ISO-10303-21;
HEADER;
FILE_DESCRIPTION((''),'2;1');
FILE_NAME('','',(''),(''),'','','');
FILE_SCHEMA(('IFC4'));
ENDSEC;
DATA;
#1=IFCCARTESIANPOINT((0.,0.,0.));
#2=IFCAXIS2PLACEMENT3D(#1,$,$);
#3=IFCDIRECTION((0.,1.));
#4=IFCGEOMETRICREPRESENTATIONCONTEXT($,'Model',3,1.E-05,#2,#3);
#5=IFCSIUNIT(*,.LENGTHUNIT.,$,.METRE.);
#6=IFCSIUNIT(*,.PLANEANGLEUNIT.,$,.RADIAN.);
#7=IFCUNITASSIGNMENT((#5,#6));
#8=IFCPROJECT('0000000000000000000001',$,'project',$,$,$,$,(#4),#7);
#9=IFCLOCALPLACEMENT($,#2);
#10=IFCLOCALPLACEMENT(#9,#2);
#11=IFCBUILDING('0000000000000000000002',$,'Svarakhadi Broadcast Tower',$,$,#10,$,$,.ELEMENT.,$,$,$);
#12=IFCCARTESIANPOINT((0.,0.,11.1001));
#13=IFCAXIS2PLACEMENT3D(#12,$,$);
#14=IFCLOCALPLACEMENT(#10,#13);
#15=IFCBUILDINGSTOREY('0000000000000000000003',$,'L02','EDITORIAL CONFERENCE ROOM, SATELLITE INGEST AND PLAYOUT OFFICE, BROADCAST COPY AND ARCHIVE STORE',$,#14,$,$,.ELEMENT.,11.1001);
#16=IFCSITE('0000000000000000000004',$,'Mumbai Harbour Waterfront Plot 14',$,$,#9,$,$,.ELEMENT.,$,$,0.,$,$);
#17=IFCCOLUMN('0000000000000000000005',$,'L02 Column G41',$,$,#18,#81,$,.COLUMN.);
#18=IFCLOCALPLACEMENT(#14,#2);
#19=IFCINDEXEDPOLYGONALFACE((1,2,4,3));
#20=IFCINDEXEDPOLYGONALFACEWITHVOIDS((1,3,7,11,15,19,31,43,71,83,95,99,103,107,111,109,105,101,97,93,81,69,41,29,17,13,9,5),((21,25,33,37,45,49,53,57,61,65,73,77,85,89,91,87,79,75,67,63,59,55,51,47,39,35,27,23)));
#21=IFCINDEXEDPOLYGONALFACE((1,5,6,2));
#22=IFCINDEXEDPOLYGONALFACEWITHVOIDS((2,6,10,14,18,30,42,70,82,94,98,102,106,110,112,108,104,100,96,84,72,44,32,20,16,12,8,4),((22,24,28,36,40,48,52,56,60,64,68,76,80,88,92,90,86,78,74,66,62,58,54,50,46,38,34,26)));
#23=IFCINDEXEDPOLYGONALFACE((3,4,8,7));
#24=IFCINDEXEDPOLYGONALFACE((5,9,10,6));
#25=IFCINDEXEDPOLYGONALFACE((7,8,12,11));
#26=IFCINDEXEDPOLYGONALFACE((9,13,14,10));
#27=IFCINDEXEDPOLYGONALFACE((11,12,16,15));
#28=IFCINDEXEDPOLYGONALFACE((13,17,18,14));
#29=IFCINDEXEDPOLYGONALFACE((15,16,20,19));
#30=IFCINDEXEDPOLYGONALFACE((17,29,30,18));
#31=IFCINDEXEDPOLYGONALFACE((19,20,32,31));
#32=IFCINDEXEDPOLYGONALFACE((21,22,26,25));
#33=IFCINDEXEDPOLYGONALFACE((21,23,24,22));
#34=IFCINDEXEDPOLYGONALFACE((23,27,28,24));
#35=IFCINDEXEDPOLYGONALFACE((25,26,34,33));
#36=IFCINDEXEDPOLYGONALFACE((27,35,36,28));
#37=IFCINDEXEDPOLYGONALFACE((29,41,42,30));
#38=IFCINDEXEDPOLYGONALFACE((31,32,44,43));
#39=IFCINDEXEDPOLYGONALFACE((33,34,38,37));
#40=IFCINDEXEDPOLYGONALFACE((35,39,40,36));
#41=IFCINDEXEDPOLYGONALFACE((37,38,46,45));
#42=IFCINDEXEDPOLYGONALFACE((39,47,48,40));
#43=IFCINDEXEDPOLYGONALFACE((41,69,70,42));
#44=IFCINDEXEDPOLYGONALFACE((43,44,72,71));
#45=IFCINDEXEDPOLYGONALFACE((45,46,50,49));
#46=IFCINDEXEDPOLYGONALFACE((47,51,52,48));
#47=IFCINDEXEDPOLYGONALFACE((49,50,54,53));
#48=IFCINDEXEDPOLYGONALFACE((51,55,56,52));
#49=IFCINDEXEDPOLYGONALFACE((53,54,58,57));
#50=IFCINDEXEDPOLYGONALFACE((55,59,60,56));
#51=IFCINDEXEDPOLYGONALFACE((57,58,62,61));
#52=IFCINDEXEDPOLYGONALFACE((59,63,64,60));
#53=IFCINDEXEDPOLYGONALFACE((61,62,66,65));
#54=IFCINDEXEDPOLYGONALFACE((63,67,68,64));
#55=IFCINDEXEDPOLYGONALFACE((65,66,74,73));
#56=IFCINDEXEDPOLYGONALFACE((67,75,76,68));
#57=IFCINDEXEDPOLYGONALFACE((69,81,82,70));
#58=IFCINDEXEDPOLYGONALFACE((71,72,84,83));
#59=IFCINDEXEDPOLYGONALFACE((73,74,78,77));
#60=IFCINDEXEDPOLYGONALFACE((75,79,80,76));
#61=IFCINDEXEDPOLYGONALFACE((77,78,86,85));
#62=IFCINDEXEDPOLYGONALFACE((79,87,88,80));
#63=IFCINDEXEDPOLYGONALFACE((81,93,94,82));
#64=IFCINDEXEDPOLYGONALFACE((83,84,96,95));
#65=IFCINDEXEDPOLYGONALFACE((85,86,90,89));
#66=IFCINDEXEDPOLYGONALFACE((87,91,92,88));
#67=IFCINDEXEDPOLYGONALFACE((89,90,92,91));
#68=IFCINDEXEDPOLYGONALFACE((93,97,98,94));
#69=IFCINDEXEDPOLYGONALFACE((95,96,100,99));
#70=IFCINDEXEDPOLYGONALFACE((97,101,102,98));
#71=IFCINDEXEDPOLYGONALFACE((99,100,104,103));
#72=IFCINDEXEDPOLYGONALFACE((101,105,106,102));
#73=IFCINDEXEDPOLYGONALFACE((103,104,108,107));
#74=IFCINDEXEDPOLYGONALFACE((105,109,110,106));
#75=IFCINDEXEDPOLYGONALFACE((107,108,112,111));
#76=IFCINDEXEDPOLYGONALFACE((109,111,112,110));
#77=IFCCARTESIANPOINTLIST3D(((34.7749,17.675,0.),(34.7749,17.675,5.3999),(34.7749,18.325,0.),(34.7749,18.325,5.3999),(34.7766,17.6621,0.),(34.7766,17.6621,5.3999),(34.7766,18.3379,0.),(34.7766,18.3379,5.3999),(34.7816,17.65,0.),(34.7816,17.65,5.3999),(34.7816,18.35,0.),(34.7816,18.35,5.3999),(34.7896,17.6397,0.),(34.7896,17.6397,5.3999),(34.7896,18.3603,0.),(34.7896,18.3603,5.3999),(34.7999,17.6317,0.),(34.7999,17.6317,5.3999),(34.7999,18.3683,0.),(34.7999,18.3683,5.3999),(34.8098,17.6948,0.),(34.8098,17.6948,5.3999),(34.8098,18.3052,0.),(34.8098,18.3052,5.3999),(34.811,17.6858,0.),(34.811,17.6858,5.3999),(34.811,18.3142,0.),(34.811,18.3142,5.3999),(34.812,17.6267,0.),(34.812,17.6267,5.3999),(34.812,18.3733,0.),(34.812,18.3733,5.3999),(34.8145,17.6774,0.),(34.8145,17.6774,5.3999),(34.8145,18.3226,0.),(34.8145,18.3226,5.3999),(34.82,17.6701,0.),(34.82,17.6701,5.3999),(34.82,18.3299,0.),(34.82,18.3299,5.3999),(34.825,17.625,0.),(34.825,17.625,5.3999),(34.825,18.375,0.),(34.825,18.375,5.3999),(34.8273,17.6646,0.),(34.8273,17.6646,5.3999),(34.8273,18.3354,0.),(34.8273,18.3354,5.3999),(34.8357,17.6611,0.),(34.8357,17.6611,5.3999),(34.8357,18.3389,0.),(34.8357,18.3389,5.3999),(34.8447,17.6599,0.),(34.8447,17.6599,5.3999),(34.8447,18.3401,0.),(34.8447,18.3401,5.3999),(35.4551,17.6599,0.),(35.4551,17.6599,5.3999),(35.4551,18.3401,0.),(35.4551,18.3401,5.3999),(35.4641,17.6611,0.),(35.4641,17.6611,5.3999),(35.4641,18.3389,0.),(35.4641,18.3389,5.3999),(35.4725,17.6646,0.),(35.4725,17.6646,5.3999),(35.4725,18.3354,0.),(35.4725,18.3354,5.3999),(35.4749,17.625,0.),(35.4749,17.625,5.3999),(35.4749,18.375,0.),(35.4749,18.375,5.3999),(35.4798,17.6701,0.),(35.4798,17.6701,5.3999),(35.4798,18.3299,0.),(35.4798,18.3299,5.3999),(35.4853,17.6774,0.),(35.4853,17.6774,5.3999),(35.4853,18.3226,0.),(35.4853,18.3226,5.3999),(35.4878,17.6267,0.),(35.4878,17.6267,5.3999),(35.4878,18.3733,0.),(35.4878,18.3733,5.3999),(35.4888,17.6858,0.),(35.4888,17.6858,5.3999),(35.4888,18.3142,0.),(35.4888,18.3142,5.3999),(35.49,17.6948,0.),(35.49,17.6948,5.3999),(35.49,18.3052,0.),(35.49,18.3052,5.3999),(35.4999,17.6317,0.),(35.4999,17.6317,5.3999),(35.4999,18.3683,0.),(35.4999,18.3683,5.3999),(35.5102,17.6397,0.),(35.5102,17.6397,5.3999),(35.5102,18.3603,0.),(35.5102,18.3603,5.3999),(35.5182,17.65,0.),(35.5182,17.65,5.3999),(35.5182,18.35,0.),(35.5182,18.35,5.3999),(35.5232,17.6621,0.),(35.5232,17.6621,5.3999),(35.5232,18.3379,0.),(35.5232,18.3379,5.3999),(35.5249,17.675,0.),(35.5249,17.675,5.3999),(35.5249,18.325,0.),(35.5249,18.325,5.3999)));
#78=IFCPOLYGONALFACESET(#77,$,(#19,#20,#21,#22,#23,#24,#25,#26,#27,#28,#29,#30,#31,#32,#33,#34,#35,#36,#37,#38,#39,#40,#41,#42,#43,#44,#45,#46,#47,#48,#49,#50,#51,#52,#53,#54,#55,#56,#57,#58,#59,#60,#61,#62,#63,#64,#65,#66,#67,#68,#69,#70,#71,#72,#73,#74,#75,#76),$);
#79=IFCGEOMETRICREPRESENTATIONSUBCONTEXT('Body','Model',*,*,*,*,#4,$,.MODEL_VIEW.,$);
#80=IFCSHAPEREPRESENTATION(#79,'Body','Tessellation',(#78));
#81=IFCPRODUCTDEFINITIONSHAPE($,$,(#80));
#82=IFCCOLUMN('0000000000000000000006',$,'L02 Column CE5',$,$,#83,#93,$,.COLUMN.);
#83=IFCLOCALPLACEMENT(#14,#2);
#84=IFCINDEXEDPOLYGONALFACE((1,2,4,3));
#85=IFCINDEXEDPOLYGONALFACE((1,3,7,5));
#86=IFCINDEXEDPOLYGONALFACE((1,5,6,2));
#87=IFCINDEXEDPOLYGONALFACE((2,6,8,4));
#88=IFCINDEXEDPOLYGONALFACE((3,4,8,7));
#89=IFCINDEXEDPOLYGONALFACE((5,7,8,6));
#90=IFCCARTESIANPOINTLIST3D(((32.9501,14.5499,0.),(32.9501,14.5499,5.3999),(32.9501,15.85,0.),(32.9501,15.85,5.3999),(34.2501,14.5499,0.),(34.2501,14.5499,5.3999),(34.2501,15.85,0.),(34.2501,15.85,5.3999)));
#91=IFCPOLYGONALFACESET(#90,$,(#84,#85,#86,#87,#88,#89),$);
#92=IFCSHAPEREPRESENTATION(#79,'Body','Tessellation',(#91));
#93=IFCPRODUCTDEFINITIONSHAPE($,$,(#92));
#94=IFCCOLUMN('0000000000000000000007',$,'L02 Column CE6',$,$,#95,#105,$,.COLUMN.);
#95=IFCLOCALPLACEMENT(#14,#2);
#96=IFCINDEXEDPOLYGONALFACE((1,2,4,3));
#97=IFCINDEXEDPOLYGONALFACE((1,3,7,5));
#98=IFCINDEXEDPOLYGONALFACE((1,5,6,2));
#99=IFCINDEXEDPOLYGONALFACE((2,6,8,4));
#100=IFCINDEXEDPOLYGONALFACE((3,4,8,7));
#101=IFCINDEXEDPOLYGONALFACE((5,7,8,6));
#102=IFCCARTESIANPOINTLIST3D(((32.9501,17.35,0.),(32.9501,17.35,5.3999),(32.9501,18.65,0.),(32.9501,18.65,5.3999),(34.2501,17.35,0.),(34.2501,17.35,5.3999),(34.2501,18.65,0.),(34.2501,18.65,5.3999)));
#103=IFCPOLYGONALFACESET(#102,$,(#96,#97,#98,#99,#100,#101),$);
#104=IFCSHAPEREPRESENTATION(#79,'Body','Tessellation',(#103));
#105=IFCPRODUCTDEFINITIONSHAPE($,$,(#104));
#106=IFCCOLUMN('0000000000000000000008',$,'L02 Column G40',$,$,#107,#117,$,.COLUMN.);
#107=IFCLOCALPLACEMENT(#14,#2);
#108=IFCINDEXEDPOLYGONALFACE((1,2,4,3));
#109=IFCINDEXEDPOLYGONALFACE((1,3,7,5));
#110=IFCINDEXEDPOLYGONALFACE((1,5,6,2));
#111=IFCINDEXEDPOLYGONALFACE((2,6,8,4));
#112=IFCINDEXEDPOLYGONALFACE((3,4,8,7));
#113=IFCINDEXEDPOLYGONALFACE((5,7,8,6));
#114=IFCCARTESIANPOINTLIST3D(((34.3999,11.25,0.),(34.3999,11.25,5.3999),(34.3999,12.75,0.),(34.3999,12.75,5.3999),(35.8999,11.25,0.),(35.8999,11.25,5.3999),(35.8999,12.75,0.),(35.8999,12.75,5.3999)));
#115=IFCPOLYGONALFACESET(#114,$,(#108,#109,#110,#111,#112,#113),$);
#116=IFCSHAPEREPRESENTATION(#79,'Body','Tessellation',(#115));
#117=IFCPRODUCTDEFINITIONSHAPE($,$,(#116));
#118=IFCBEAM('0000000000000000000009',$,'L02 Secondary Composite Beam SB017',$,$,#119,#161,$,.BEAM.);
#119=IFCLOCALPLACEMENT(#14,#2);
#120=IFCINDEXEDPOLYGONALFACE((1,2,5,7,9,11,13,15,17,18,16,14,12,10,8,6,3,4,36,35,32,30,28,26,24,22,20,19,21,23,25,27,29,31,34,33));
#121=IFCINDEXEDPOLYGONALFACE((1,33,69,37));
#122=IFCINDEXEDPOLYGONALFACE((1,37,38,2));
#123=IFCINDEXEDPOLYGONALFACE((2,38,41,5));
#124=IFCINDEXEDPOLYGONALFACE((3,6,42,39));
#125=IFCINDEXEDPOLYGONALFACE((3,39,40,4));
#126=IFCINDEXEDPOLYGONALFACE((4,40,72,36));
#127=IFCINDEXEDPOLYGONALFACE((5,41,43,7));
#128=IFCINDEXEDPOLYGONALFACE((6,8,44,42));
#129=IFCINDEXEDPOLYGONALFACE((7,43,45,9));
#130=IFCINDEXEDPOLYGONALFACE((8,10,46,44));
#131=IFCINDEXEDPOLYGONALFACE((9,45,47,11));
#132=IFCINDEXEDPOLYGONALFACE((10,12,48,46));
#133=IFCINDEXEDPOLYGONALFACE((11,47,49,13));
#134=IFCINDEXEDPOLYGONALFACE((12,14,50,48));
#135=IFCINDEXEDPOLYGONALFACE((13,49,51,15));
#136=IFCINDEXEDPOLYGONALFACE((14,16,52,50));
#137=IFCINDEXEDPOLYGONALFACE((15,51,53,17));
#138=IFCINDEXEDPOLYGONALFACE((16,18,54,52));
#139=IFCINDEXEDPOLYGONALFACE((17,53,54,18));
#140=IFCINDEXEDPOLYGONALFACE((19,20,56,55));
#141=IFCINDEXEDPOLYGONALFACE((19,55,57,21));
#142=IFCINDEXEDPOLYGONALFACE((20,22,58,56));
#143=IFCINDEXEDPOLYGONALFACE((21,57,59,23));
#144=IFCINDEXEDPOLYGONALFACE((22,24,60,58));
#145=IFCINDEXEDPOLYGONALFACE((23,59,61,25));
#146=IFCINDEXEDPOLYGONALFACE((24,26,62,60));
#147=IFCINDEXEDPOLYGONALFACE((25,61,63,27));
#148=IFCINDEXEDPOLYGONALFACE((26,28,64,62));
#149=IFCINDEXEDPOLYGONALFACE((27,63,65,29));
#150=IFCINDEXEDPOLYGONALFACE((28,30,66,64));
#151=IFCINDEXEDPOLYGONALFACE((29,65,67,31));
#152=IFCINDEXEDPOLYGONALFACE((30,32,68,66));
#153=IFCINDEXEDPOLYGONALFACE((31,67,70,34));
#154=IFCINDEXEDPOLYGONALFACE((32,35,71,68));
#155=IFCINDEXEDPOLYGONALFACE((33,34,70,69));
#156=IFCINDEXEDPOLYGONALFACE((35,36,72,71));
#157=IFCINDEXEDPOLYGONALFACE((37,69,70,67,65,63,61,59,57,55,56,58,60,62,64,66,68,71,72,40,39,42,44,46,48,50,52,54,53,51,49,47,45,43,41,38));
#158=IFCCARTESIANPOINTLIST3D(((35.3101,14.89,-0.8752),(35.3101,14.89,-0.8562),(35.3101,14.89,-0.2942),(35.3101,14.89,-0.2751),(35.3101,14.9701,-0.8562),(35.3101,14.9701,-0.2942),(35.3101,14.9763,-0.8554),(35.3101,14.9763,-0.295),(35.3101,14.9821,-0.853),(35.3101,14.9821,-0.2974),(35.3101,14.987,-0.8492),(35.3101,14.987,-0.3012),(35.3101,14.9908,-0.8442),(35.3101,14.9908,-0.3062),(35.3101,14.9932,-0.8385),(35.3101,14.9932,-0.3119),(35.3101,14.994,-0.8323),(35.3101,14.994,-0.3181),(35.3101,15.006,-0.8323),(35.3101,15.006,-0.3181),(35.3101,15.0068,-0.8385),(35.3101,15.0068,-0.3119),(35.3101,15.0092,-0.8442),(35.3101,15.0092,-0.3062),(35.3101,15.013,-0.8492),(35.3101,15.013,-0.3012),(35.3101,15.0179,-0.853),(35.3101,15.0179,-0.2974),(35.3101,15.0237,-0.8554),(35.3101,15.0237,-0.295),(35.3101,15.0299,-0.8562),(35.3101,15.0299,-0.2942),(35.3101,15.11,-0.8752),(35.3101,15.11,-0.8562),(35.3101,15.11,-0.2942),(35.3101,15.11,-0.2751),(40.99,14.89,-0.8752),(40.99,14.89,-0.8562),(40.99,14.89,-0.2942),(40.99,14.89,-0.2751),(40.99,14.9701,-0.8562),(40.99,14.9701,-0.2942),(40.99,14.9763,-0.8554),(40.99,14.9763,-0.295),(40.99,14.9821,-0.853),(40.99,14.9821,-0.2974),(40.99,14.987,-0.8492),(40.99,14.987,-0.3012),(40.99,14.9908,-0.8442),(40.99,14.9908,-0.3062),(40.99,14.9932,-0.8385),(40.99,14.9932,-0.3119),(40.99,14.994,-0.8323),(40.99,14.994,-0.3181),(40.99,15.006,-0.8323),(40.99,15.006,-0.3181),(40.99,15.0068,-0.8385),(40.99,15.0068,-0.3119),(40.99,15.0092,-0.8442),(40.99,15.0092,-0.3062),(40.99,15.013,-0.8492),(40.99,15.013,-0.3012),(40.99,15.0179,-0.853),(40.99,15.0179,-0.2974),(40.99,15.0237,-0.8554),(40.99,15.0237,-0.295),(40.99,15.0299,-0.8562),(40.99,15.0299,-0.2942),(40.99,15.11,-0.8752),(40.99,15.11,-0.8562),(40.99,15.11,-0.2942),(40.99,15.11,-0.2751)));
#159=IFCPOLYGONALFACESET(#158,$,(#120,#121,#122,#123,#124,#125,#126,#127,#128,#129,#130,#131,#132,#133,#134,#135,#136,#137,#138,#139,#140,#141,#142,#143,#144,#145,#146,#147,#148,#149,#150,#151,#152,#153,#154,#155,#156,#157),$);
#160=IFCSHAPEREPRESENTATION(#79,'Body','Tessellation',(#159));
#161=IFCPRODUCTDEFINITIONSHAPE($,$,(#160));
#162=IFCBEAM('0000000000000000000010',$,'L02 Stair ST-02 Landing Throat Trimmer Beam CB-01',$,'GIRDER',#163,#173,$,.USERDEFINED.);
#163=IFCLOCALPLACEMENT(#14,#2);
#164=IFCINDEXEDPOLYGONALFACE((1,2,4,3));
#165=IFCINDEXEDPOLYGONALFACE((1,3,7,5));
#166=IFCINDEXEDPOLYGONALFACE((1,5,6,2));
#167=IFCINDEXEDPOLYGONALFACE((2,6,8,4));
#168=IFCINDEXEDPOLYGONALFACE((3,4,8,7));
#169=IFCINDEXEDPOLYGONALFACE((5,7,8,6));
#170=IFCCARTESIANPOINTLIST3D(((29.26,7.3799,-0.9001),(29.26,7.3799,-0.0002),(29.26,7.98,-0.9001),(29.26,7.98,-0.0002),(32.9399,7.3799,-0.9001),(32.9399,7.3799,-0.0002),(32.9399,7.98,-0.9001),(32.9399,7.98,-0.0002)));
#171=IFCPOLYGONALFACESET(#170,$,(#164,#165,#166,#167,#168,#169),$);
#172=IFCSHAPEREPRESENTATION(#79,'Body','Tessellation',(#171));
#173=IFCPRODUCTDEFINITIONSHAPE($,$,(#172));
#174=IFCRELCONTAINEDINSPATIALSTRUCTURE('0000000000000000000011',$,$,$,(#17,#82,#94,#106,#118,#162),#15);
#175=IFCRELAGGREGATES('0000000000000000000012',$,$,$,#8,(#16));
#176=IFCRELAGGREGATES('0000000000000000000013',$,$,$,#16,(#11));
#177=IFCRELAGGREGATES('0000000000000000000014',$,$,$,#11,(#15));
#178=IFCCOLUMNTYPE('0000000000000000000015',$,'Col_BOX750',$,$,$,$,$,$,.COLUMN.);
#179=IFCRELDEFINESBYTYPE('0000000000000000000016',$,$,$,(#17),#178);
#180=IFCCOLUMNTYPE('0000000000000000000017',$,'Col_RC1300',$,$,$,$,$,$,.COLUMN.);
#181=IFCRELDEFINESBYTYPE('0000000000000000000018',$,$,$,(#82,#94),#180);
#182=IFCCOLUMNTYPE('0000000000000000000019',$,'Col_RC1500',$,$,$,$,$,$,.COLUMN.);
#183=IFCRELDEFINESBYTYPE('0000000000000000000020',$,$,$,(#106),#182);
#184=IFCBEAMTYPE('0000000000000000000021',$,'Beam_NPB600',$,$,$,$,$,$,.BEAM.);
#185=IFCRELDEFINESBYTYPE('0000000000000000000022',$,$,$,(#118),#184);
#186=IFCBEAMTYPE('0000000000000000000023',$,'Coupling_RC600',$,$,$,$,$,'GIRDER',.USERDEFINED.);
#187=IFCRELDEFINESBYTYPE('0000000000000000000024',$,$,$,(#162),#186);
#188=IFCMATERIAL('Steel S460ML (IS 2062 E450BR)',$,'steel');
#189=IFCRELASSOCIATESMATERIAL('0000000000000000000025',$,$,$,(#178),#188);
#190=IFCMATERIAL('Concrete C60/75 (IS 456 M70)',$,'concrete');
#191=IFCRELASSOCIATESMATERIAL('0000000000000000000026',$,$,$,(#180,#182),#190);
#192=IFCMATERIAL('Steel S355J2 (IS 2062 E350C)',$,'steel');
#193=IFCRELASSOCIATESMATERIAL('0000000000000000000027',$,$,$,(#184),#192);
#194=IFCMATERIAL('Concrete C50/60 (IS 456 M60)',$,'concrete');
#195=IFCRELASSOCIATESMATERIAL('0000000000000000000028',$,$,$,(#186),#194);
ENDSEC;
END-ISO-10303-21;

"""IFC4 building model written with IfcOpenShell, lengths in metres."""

from ifc_helpers import new_model, si_unit, direction, frame, origin, origin_2d, place, context, subcontext, project, spatial, rectangle, hollow_rectangle, i_section, extrude, material, material_profile, profile_set, type_object, element, save


model = new_model("IFC4")

# Units and contexts
model_context = context("Model", 3, precision=1e-05, world=origin(), true_north=direction((0.0, 1.0)))
body_context = subcontext(model_context, "Body", "Model", "MODEL_VIEW")
ifc_project = project(units=[si_unit("LENGTHUNIT", "METRE"), si_unit("PLANEANGLEUNIT", "RADIAN")], contexts=[model_context])

# Site, building, storey
site_placement = place(None, origin())
site = spatial("IfcSite", under=ifc_project, at=site_placement, Name="Mumbai Harbour Waterfront Plot 14", CompositionType="ELEMENT", RefElevation=0.0)
building_placement = place(site_placement, origin())
building = spatial("IfcBuilding", under=site, at=building_placement, Name="Svarakhadi Broadcast Tower", CompositionType="ELEMENT")
storey_placement = place(building_placement, frame((0.0, 0.0, 11.1001)))
storey = spatial("IfcBuildingStorey", under=building, at=storey_placement, Name="L02", Description="EDITORIAL CONFERENCE ROOM, SATELLITE INGEST AND PLAYOUT OFFICE, BROADCAST COPY AND ARCHIVE STORE", CompositionType="ELEMENT", Elevation=11.1001)

# Columns
ifc_material_1 = material(Name="Steel S460ML (IS 2062 E450BR)", Category="steel")
ifc_material_profile_1 = material_profile(ifc_material_1, hollow_rectangle(XDim=0.75, YDim=0.75, WallThickness=0.0349, InnerFilletRadius=0.0349, OuterFilletRadius=0.05, at=origin_2d()), Name="BOX 750x750x35")
ifc_profile_set_1 = profile_set([ifc_material_profile_1], Name="Steel S460ML (IS 2062 E450BR)")
column_type_1 = type_object("IfcColumnType", Name="Col_BOX750", PredefinedType="COLUMN", material=ifc_profile_set_1)
column_1_placement = place(storey_placement, frame((35.1499, 18.0, 0.0), z_axis=(0.0, 0.0, 1.0), x_axis=(1.0, 0.0, 0.0)))
element("IfcColumn", 1, at=column_1_placement, inside=storey, type_object=column_type_1, Name="L02 Column G41", PredefinedType="COLUMN", context=body_context, shape_type="SweptSolid", body=[
    extrude(hollow_rectangle(XDim=0.75, YDim=0.75, WallThickness=0.0349, InnerFilletRadius=0.0349, OuterFilletRadius=0.05, at=origin_2d()), origin(), (0.0, 0.0, 1.0), 5.3999),
])
ifc_material_2 = material(Name="Concrete C60/75 (IS 456 M70)", Category="concrete")
ifc_material_profile_2 = material_profile(ifc_material_2, rectangle(XDim=1.3, YDim=1.3, at=origin_2d()), Name="RC 1300x1300")
ifc_profile_set_2 = profile_set([ifc_material_profile_2], Name="Concrete C60/75 (IS 456 M70)")
column_type_2 = type_object("IfcColumnType", Name="Col_RC1300", PredefinedType="COLUMN", material=ifc_profile_set_2)
for number, where, z_axis, x_axis, name in (
    (2, (33.6001, 15.2, 0.0), (0.0, 0.0, 1.0), (1.0, 0.0, 0.0), "L02 Column CE5"),
    (3, (33.6001, 18.0, 0.0), (0.0, 0.0, 1.0), (1.0, 0.0, 0.0), "L02 Column CE6"),
):
    element("IfcColumn", number, at=place(storey_placement, frame(where, z_axis=z_axis, x_axis=x_axis)), inside=storey, type_object=column_type_2, Name=name, PredefinedType="COLUMN", context=body_context, shape_type="SweptSolid", body=[
        extrude(rectangle(XDim=1.3, YDim=1.3, at=origin_2d()), origin(), (0.0, 0.0, 1.0), 5.3999),
    ])
ifc_material_profile_3 = material_profile(ifc_material_2, rectangle(XDim=1.5, YDim=1.5, at=origin_2d()), Name="RC 1500x1500")
ifc_profile_set_3 = profile_set([ifc_material_profile_3], Name="Concrete C60/75 (IS 456 M70)")
column_type_3 = type_object("IfcColumnType", Name="Col_RC1500", PredefinedType="COLUMN", material=ifc_profile_set_3)
column_2_placement = place(storey_placement, frame((35.1499, 12.0, 0.0), z_axis=(0.0, 0.0, 1.0), x_axis=(1.0, 0.0, 0.0)))
element("IfcColumn", 4, at=column_2_placement, inside=storey, type_object=column_type_3, Name="L02 Column G40", PredefinedType="COLUMN", context=body_context, shape_type="SweptSolid", body=[
    extrude(rectangle(XDim=1.5, YDim=1.5, at=origin_2d()), origin(), (0.0, 0.0, 1.0), 5.3999),
])

# Beams
ifc_material_3 = material(Name="Steel S355J2 (IS 2062 E350C)", Category="steel")
ifc_material_profile_4 = material_profile(ifc_material_3, i_section(OverallWidth=0.22, OverallDepth=0.6001, WebThickness=0.012, FlangeThickness=0.019, FilletRadius=0.0239, at=origin_2d()), Name="NPB 600x220x122")
ifc_profile_set_4 = profile_set([ifc_material_profile_4], Name="Steel S355J2 (IS 2062 E350C)")
beam_type_1 = type_object("IfcBeamType", Name="Beam_NPB600", PredefinedType="BEAM", material=ifc_profile_set_4)
beam_1_placement = place(storey_placement, frame((35.3101, 15.0, -0.5752), z_axis=(1.0, 0.0, 0.0), x_axis=(0.0, 1.0, 0.0)))
element("IfcBeam", 5, at=beam_1_placement, inside=storey, type_object=beam_type_1, Name="L02 Secondary Composite Beam SB017", PredefinedType="BEAM", context=body_context, shape_type="SweptSolid", body=[
    extrude(i_section(OverallWidth=0.22, OverallDepth=0.6001, WebThickness=0.012, FlangeThickness=0.019, FilletRadius=0.0239, at=origin_2d()), origin(), (0.0, 0.0, 1.0), 5.6799),
])
ifc_material_4 = material(Name="Concrete C50/60 (IS 456 M60)", Category="concrete")
ifc_material_profile_5 = material_profile(ifc_material_4, rectangle(XDim=0.6001, YDim=0.8999, at=origin_2d()), Name="RC 600x900")
ifc_profile_set_5 = profile_set([ifc_material_profile_5], Name="Concrete C50/60 (IS 456 M60)")
beam_type_2 = type_object("IfcBeamType", Name="Coupling_RC600", ElementType="GIRDER", PredefinedType="USERDEFINED", material=ifc_profile_set_5)
beam_2_placement = place(storey_placement, frame((29.26, 7.6799, -0.4502), z_axis=(1.0, 0.0, 0.0), x_axis=(0.0, 1.0, 0.0)))
element("IfcBeam", 6, at=beam_2_placement, inside=storey, type_object=beam_type_2, Name="L02 Stair ST-02 Landing Throat Trimmer Beam CB-01", ObjectType="GIRDER", PredefinedType="USERDEFINED", context=body_context, shape_type="SweptSolid", body=[
    extrude(rectangle(XDim=0.6001, YDim=0.8999, at=origin_2d()), origin(), (0.0, 0.0, 1.0), 3.6799),
])

save(model, "model.ifc")
